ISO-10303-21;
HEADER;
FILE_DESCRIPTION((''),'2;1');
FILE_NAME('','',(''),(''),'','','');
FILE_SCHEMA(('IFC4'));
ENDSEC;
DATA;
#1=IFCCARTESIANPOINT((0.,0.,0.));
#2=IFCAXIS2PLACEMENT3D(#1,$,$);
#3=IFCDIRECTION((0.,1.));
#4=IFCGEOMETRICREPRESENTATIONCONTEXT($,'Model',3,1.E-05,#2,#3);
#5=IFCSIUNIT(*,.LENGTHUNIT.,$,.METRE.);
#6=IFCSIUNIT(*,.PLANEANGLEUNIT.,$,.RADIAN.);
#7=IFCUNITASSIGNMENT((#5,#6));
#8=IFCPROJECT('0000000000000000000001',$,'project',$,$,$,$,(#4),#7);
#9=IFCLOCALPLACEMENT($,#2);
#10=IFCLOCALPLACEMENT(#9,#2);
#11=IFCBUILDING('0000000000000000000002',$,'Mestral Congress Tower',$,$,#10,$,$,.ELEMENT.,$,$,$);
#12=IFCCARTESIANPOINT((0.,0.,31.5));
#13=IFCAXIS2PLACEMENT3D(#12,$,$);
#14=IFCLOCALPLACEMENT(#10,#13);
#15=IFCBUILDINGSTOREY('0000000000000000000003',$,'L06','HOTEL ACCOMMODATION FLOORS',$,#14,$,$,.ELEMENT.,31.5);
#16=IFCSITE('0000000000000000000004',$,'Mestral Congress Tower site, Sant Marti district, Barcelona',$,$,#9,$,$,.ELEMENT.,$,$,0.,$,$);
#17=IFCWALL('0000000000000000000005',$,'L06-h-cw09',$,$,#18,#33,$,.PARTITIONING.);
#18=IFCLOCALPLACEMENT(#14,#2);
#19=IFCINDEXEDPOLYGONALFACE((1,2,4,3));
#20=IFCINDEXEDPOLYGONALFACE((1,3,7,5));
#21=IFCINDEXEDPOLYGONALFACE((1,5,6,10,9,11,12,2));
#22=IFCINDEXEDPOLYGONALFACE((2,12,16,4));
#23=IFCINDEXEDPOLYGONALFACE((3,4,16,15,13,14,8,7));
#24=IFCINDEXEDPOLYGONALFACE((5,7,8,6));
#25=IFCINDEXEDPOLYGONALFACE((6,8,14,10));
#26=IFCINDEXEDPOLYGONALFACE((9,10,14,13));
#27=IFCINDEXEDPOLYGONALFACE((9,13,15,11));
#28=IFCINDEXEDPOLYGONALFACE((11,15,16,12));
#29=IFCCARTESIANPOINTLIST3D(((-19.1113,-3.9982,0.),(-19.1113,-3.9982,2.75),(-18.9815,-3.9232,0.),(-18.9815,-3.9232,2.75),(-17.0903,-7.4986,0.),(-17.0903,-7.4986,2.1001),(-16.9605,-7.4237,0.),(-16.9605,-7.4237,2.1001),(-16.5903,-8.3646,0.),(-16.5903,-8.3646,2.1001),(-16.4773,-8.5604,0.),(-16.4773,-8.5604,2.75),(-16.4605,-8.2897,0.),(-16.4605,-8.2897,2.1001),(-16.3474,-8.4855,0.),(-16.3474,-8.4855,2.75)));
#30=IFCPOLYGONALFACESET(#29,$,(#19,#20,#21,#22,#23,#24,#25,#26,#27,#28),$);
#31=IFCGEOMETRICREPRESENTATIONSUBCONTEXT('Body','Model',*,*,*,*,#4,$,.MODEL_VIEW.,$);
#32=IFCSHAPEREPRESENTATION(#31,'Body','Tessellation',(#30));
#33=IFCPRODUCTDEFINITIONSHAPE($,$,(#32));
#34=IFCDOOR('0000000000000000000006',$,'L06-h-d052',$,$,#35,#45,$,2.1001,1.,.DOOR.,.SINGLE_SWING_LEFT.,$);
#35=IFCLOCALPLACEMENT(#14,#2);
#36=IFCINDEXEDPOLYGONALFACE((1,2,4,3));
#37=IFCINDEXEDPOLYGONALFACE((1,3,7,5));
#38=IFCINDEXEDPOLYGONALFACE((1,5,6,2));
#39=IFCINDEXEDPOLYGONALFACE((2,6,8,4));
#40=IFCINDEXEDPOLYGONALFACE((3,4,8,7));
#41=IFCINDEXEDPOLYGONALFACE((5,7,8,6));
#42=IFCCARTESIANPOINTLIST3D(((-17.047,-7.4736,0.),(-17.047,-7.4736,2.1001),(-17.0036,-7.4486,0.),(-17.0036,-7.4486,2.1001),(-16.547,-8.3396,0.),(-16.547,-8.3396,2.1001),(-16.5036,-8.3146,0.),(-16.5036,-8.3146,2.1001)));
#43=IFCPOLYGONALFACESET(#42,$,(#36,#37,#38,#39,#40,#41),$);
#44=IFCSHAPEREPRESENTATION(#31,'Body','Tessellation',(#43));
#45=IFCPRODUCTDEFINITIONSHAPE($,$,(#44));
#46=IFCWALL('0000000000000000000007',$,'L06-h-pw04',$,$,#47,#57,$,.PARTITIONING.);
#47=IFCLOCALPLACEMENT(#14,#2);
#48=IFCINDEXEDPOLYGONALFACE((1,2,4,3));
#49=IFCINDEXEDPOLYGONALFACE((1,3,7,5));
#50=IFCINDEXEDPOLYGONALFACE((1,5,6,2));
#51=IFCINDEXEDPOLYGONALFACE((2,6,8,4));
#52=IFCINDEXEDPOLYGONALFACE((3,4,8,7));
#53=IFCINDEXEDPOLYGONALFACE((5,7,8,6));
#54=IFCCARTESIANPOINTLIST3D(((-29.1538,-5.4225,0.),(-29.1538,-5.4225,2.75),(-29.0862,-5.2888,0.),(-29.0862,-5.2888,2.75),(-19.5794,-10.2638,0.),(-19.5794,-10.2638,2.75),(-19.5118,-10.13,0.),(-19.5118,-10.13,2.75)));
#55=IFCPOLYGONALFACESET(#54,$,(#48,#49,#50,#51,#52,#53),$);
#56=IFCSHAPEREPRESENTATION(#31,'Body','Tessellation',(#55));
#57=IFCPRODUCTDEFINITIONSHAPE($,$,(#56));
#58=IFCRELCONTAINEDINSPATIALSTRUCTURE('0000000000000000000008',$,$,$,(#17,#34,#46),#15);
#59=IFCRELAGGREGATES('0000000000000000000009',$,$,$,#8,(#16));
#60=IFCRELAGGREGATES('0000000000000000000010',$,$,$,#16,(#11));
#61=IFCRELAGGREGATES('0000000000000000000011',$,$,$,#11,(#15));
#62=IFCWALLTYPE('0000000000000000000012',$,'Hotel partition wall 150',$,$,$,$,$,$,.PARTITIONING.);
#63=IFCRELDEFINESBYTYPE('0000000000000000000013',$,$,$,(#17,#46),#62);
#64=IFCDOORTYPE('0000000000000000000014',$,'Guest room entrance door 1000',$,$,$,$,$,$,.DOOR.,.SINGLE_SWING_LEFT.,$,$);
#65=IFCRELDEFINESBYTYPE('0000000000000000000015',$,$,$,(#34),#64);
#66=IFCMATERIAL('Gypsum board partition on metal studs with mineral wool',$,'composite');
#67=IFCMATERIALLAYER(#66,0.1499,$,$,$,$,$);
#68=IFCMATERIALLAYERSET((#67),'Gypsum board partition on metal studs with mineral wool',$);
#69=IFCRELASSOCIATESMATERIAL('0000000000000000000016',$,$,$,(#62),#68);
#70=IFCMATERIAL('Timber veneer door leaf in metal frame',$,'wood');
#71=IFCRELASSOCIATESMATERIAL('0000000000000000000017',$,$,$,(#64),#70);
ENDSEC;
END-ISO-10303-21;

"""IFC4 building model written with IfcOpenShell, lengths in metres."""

from ifc_helpers import new_model, si_unit, direction, frame, frame_2d, origin, place, context, subcontext, project, spatial, rectangle, extrude, material, layer, layer_set, type_object, element, fill, save


model = new_model("IFC4")

# Units and contexts
model_context = context("Model", 3, precision=1e-05, world=origin(), true_north=direction((0.0, 1.0)))
body_context = subcontext(model_context, "Body", "Model", "MODEL_VIEW")
ifc_project = project(units=[si_unit("LENGTHUNIT", "METRE"), si_unit("PLANEANGLEUNIT", "RADIAN")], contexts=[model_context])

# Site, building, storey
site_placement = place(None, origin())
site = spatial("IfcSite", under=ifc_project, at=site_placement, Name="Mestral Congress Tower site, Sant Marti district, Barcelona", CompositionType="ELEMENT", RefElevation=0.0)
building_placement = place(site_placement, origin())
building = spatial("IfcBuilding", under=site, at=building_placement, Name="Mestral Congress Tower", CompositionType="ELEMENT")
storey_placement = place(building_placement, frame((0.0, 0.0, 31.5)))
storey = spatial("IfcBuildingStorey", under=building, at=storey_placement, Name="L06", Description="HOTEL ACCOMMODATION FLOORS", CompositionType="ELEMENT", Elevation=31.5)

# Shared definitions
ifc_material_1 = material(Name="Gypsum board partition on metal studs with mineral wool", Category="composite")

# Shared definitions
ifc_layer_1 = layer(ifc_material_1, 0.1499)
ifc_layer_set_1 = layer_set([ifc_layer_1], Name="Gypsum board partition on metal studs with mineral wool")
wall_type_1 = type_object("IfcWallType", Name="Hotel partition wall 150", PredefinedType="PARTITIONING", material=ifc_layer_set_1)
ifc_material_2 = material(Name="Timber veneer door leaf in metal frame", Category="wood")
door_type_1 = type_object("IfcDoorType", Name="Guest room entrance door 1000", OperationType="SINGLE_SWING_LEFT", PredefinedType="DOOR", material=ifc_material_2)

# Wall, opening, door
wall_1_placement = place(storey_placement, frame((-16.4124, -8.5229, 0.0), z_axis=(0.0, 0.0, 1.0), x_axis=(-0.500002, 0.866024, 0.0)))
wall_1 = element("IfcWall", 1, at=wall_1_placement, inside=storey, type_object=wall_type_1, Name="L06-h-cw09", PredefinedType="PARTITIONING", context=body_context, shape_type="SweptSolid", body=[
    extrude(rectangle(XDim=5.2681, YDim=0.1499, at=frame_2d((2.634, 0.0))), origin(), (0.0, 0.0, 1.0), 2.75),
])
opening_1_placement = place(wall_1_placement, frame((0.2261, 0.0, 0.0)))
opening_1 = element("IfcOpeningElement", 2, at=opening_1_placement, cuts=wall_1, PredefinedType="OPENING", context=body_context, shape_type="SweptSolid", body=[
    extrude(rectangle(XDim=1.0, YDim=2.1001, at=frame_2d((0.5, 1.05))), frame((0.0, 0.085, 0.0), z_axis=(0.0, -1.0, 0.0), x_axis=(1.0, 0.0, 0.0)), (0.0, 0.0, 1.0), 0.1699),
])
door_1_placement = place(opening_1_placement, origin())
door_1 = element("IfcDoor", 3, at=door_1_placement, inside=storey, type_object=door_type_1, Name="L06-h-d052", OperationType="SINGLE_SWING_LEFT", OverallHeight=2.1001, OverallWidth=1.0, PredefinedType="DOOR", context=body_context, shape_type="SweptSolid", body=[
    extrude(rectangle(XDim=1.0, YDim=2.1001, at=frame_2d((0.5, 1.05))), frame((0.0, 0.0249, 0.0), z_axis=(0.0, -1.0, 0.0), x_axis=(1.0, 0.0, 0.0)), (0.0, 0.0, 1.0), 0.05),
])
fill(opening_1, door_1)

# Wall
wall_2_placement = place(storey_placement, frame((-29.1199, -5.3557, 0.0), z_axis=(0.0, 0.0, 1.0), x_axis=(0.892402, -0.451241, 0.0)))
element("IfcWall", 4, at=wall_2_placement, inside=storey, type_object=wall_type_1, Name="L06-h-pw04", PredefinedType="PARTITIONING", context=body_context, shape_type="SweptSolid", body=[
    extrude(rectangle(XDim=10.7288, YDim=0.1499, at=frame_2d((5.3643, 0.0))), origin(), (0.0, 0.0, 1.0), 2.75),
])

save(model, "model.ifc")
